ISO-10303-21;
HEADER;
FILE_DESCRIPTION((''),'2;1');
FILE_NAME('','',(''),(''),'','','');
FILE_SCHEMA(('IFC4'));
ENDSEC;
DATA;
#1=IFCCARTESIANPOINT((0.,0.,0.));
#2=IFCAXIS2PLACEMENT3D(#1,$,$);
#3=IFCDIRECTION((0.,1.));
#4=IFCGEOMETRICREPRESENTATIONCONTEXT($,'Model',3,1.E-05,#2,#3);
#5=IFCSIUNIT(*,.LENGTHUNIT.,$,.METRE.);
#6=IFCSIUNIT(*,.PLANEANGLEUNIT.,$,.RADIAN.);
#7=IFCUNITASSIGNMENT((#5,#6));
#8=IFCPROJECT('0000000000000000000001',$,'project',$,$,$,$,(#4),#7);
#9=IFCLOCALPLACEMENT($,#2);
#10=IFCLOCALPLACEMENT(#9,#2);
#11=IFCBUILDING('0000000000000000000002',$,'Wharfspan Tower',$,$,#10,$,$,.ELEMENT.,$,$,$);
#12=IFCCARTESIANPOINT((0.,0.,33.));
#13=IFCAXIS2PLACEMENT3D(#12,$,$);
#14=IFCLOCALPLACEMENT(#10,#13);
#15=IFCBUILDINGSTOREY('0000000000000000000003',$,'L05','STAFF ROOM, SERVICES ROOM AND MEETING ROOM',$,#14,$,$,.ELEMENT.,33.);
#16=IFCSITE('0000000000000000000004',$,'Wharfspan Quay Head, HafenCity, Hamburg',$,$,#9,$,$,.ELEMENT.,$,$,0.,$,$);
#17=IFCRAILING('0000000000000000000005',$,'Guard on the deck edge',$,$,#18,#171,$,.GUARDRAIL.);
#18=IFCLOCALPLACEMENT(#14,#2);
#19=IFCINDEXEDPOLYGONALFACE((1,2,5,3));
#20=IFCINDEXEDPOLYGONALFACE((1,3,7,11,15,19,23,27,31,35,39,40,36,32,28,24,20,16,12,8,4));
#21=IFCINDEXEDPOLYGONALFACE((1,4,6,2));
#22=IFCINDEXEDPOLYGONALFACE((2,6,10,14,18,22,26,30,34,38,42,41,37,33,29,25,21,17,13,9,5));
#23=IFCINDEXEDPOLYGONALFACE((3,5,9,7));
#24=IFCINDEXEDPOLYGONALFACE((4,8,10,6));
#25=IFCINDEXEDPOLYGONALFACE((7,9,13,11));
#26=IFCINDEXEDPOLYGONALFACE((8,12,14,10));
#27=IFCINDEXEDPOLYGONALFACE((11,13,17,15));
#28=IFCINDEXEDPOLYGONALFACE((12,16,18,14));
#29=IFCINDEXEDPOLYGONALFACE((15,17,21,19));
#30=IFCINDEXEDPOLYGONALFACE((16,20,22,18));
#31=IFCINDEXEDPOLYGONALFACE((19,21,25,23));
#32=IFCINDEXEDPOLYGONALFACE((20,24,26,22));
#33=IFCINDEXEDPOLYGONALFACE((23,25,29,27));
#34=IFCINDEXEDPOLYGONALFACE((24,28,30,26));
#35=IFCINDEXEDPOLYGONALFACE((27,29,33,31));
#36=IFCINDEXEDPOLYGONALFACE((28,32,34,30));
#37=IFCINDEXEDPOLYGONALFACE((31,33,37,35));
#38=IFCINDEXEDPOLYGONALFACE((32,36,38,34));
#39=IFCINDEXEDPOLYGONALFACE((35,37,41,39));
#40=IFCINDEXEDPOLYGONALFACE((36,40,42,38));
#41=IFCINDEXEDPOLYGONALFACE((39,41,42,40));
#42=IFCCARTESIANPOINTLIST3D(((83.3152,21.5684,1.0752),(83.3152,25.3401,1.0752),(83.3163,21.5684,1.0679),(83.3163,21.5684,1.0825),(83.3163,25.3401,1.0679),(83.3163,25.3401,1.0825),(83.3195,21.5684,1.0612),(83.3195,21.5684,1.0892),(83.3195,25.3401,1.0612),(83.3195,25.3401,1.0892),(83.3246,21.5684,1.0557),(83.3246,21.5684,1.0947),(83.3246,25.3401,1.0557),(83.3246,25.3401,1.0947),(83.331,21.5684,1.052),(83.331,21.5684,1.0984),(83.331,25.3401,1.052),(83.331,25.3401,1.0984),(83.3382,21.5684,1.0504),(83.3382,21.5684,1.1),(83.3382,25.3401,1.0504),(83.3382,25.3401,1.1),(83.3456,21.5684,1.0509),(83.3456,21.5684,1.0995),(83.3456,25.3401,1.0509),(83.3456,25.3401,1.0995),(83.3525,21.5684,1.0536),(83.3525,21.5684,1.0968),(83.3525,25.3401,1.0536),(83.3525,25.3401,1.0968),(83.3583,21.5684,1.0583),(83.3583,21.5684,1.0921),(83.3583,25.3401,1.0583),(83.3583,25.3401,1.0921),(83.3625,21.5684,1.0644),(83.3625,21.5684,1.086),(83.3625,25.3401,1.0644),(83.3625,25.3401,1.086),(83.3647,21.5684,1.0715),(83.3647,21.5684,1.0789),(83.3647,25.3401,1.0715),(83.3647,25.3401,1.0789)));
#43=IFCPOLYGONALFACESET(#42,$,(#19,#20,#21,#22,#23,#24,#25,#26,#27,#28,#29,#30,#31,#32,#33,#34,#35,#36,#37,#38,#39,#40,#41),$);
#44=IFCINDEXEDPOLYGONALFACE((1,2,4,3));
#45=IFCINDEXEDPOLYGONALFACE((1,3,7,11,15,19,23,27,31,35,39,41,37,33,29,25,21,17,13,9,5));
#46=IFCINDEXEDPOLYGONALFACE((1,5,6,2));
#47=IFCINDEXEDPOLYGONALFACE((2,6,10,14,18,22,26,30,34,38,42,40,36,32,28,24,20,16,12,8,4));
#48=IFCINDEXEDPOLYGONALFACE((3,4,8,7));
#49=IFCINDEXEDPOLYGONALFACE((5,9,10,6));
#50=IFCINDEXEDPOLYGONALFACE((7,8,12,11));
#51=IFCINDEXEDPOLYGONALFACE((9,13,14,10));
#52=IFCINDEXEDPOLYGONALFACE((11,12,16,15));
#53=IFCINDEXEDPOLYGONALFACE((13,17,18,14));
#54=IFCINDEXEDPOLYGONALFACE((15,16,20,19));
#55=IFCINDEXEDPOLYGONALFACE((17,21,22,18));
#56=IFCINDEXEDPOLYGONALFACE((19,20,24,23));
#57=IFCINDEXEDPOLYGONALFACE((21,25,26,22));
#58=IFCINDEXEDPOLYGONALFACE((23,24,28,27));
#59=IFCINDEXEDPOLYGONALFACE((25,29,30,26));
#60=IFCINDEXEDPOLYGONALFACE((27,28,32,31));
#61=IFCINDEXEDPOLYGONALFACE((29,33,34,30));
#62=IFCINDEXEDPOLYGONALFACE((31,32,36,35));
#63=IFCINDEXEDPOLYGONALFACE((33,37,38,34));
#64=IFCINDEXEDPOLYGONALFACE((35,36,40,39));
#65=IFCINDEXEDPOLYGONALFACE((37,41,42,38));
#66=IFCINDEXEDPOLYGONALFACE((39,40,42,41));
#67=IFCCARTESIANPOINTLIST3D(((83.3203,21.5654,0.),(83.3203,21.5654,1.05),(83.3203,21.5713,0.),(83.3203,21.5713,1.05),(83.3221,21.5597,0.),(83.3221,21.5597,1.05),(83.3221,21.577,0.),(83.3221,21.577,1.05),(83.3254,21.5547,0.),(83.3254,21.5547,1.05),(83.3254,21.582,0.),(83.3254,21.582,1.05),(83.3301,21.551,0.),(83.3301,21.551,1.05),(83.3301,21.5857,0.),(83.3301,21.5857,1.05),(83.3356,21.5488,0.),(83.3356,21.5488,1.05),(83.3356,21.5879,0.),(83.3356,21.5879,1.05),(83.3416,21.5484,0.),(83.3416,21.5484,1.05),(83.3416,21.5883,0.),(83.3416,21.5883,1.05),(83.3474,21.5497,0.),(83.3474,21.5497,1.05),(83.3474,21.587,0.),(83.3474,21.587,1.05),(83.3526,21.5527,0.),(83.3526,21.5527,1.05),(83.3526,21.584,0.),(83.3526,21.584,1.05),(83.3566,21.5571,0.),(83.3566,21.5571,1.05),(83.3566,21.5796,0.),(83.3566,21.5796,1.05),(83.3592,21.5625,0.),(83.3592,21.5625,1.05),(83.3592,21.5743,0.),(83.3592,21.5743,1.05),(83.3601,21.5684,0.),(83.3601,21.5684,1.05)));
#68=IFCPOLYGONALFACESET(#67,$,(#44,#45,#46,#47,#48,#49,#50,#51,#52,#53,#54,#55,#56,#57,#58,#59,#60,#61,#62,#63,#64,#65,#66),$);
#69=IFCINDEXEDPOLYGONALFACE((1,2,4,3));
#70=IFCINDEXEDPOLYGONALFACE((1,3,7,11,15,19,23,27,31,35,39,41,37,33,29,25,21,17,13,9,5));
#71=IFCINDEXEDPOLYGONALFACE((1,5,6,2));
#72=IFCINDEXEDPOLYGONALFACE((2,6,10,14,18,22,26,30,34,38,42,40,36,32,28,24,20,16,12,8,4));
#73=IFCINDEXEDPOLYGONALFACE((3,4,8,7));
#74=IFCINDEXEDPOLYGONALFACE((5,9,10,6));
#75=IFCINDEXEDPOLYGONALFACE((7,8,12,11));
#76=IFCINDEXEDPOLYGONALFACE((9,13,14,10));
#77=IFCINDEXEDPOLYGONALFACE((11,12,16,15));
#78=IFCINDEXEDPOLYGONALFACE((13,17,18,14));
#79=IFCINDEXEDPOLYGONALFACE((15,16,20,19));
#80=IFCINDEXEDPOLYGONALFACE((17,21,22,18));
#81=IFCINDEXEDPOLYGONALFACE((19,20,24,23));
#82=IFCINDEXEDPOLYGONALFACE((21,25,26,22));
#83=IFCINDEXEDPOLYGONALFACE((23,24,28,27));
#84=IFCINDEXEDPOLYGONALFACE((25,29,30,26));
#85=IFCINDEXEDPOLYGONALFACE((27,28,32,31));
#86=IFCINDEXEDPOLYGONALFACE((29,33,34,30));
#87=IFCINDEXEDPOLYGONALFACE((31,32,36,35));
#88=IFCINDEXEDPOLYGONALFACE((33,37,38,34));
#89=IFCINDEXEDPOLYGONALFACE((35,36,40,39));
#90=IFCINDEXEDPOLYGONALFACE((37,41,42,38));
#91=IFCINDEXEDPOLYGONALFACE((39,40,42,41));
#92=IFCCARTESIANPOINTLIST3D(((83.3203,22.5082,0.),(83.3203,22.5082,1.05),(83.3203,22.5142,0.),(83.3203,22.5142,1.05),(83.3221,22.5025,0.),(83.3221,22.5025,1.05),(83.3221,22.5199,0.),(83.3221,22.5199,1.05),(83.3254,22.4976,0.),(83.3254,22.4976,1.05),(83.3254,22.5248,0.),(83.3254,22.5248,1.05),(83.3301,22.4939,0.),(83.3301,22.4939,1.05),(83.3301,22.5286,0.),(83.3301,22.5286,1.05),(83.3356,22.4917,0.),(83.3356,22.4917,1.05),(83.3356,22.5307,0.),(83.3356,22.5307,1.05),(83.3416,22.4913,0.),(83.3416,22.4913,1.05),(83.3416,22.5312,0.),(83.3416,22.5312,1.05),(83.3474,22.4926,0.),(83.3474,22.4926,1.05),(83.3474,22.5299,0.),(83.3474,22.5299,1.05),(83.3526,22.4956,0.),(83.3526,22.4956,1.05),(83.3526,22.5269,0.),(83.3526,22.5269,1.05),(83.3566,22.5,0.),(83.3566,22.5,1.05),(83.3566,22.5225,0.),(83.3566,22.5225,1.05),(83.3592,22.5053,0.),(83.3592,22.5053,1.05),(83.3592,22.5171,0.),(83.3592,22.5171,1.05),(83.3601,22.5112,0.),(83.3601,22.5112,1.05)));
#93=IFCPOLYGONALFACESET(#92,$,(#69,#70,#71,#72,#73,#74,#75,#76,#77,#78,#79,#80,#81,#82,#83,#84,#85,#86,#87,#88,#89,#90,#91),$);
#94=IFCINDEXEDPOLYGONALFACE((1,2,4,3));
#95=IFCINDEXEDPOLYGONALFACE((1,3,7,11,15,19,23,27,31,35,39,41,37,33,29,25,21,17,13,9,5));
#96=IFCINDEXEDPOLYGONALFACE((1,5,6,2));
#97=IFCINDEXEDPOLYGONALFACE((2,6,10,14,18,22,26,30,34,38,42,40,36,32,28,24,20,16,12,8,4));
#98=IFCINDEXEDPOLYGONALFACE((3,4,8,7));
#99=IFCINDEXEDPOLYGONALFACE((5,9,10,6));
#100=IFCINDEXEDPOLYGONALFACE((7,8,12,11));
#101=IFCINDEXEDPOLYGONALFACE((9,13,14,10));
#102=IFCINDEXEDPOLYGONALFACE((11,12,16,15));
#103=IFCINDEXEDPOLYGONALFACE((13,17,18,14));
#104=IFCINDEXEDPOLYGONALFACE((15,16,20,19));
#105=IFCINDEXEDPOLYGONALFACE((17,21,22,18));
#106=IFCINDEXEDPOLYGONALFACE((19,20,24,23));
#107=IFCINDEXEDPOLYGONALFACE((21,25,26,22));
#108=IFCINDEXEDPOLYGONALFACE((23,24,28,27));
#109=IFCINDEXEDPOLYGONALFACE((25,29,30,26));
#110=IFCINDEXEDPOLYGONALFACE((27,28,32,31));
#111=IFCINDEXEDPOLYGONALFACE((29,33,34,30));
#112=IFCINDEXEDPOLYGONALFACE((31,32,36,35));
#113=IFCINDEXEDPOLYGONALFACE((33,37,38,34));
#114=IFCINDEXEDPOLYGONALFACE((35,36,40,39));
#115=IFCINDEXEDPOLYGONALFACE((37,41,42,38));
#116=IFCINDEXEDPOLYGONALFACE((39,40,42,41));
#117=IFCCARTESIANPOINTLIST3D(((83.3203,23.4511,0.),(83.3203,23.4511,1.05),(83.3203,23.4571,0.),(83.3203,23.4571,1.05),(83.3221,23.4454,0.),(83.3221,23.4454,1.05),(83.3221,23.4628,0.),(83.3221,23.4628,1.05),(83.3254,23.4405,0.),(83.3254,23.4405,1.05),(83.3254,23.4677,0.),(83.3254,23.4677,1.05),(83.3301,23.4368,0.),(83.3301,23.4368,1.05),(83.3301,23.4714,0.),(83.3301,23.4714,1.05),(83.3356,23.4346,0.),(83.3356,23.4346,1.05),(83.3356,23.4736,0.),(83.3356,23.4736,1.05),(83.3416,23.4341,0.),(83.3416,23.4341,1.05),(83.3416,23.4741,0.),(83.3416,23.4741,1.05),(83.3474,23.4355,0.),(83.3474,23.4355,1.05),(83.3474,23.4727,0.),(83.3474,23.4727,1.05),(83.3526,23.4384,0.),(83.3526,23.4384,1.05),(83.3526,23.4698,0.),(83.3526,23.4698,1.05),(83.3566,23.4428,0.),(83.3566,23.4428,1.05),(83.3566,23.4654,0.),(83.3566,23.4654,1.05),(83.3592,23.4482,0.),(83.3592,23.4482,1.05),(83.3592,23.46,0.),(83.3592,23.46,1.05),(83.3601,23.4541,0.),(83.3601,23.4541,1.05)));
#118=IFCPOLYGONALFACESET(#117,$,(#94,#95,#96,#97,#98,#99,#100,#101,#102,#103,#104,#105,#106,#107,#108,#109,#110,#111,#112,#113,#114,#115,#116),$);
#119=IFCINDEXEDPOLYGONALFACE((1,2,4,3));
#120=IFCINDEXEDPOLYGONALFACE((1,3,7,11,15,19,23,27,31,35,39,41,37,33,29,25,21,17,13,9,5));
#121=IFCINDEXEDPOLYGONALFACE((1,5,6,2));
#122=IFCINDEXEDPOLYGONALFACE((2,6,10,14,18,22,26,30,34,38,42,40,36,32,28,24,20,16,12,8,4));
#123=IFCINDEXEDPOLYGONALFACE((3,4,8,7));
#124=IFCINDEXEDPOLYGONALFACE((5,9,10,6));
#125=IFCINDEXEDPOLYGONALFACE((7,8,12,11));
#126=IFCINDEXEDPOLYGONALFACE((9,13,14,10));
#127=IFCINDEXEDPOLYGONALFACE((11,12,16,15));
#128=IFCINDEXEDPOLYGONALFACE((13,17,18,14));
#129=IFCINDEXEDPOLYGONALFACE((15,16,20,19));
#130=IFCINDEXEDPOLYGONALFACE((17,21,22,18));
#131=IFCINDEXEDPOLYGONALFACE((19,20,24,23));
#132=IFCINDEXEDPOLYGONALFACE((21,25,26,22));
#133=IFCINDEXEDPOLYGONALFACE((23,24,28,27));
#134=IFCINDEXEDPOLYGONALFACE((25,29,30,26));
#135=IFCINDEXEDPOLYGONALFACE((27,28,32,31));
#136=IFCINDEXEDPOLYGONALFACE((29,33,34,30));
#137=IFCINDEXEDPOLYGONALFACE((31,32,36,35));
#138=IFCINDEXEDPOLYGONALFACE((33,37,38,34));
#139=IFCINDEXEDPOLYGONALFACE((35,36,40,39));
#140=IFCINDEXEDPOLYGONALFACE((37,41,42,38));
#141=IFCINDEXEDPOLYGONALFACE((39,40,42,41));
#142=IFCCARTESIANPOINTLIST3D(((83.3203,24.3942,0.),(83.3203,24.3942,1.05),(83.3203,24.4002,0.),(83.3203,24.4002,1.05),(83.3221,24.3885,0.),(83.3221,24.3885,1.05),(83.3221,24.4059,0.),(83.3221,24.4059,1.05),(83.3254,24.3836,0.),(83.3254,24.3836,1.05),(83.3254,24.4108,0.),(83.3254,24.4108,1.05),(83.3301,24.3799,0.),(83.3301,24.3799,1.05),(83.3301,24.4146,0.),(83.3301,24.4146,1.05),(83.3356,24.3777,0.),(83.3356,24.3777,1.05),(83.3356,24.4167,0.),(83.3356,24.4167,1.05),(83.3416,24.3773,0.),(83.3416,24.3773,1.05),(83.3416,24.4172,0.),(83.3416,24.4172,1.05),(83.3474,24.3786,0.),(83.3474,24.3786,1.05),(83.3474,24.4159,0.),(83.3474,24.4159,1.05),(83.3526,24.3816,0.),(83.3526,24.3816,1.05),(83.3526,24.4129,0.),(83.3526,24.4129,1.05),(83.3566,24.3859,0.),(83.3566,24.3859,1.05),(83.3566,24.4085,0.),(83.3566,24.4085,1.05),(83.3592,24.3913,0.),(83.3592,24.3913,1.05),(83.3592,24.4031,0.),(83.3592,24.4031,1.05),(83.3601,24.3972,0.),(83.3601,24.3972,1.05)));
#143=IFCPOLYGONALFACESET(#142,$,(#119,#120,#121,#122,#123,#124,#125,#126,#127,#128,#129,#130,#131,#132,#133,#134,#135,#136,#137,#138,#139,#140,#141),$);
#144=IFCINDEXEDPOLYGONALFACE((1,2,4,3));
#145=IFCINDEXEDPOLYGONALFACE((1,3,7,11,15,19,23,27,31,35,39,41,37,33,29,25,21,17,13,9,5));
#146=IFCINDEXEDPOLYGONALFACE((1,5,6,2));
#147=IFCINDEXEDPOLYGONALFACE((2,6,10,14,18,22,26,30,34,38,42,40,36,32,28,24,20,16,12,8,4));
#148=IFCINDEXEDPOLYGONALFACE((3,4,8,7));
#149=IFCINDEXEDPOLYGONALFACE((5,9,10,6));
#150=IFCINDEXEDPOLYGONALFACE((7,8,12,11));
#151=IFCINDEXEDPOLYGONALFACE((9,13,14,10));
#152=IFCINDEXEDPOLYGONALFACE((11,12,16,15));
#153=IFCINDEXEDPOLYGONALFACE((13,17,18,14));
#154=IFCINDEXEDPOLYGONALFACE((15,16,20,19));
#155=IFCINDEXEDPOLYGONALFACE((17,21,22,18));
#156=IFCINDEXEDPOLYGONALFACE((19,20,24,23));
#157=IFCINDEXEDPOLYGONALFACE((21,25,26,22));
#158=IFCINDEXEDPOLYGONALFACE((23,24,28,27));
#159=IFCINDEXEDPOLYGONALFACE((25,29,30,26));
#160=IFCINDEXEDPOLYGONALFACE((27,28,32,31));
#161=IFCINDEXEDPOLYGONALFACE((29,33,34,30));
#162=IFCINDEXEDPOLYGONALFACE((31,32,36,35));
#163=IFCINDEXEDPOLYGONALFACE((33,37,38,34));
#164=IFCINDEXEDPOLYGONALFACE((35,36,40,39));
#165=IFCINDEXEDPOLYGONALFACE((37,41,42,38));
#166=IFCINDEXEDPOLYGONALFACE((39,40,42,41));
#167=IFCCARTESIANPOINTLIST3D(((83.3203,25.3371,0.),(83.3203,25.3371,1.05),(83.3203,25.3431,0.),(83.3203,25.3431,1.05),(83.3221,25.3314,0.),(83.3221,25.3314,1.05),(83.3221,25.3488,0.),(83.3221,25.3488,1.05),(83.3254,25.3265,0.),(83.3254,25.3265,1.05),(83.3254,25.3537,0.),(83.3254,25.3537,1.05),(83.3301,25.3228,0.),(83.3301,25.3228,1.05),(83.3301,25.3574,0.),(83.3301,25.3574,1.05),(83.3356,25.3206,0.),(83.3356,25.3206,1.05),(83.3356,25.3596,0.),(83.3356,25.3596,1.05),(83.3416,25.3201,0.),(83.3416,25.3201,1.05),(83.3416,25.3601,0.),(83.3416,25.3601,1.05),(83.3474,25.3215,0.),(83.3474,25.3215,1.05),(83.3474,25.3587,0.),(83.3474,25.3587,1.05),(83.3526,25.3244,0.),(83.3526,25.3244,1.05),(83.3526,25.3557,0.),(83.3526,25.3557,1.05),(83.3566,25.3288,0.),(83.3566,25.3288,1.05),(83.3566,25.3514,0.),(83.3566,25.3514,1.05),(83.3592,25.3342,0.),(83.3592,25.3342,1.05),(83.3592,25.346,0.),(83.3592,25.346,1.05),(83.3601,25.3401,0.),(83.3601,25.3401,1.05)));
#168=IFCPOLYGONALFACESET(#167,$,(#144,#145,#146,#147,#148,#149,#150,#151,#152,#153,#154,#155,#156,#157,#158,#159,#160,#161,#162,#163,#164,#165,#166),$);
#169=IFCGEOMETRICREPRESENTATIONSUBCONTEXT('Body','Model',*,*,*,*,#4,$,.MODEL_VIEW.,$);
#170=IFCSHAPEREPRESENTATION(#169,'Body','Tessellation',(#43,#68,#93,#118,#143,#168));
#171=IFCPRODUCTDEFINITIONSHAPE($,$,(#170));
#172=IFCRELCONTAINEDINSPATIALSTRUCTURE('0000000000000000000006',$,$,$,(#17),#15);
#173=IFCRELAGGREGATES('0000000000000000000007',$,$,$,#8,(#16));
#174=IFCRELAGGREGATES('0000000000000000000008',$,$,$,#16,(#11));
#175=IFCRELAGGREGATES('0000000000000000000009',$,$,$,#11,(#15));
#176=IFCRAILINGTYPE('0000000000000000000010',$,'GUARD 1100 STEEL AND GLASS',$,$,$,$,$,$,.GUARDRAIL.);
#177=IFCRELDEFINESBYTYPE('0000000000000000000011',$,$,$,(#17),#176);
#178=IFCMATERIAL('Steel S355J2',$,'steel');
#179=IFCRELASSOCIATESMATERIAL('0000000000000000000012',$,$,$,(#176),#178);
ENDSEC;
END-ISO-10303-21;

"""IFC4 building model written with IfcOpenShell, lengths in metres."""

from ifc_helpers import new_model, si_unit, direction, frame, origin, origin_2d, place, context, subcontext, project, spatial, circle, extrude, material, type_object, element, save


model = new_model("IFC4")

# Units and contexts
model_context = context("Model", 3, precision=1e-05, world=origin(), true_north=direction((0.0, 1.0)))
body_context = subcontext(model_context, "Body", "Model", "MODEL_VIEW")
ifc_project = project(units=[si_unit("LENGTHUNIT", "METRE"), si_unit("PLANEANGLEUNIT", "RADIAN")], contexts=[model_context])

# Site, building, storey
site_placement = place(None, origin())
site = spatial("IfcSite", under=ifc_project, at=site_placement, Name="Wharfspan Quay Head, HafenCity, Hamburg", CompositionType="ELEMENT", RefElevation=0.0)
building_placement = place(site_placement, origin())
building = spatial("IfcBuilding", under=site, at=building_placement, Name="Wharfspan Tower", CompositionType="ELEMENT")
storey_placement = place(building_placement, frame((0.0, 0.0, 33.0)))
storey = spatial("IfcBuildingStorey", under=building, at=storey_placement, Name="L05", Description="STAFF ROOM, SERVICES ROOM AND MEETING ROOM", CompositionType="ELEMENT", Elevation=33.0)

# Railing
ifc_material_1 = material(Name="Steel S355J2", Category="steel")
railing_type_1 = type_object("IfcRailingType", Name="GUARD 1100 STEEL AND GLASS", PredefinedType="GUARDRAIL", material=ifc_material_1)
railing_1_placement = place(storey_placement, frame((83.3401, 21.5684, 0.0)))
element("IfcRailing", 1, at=railing_1_placement, inside=storey, type_object=railing_type_1, Name="Guard on the deck edge", PredefinedType="GUARDRAIL", context=body_context, shape_type="SweptSolid", body=[
    extrude(circle(Radius=0.0249, at=origin_2d()), frame((0.0, 0.0, 1.0752), z_axis=(0.0, 1.0, 0.0), x_axis=(-1.0, 0.0, 0.0)), (0.0, 0.0, 1.0), 3.7717),
    extrude(circle(Radius=0.02, at=origin_2d()), origin(), (0.0, 0.0, 1.0), 1.05),
    extrude(circle(Radius=0.02, at=origin_2d()), frame((0.0, 0.9429, 0.0)), (0.0, 0.0, 1.0), 1.05),
    extrude(circle(Radius=0.02, at=origin_2d()), frame((0.0, 1.8857, 0.0)), (0.0, 0.0, 1.0), 1.05),
    extrude(circle(Radius=0.02, at=origin_2d()), frame((0.0, 2.8289, 0.0)), (0.0, 0.0, 1.0), 1.05),
    extrude(circle(Radius=0.02, at=origin_2d()), frame((0.0, 3.7717, 0.0)), (0.0, 0.0, 1.0), 1.05),
])

save(model, "model.ifc")
